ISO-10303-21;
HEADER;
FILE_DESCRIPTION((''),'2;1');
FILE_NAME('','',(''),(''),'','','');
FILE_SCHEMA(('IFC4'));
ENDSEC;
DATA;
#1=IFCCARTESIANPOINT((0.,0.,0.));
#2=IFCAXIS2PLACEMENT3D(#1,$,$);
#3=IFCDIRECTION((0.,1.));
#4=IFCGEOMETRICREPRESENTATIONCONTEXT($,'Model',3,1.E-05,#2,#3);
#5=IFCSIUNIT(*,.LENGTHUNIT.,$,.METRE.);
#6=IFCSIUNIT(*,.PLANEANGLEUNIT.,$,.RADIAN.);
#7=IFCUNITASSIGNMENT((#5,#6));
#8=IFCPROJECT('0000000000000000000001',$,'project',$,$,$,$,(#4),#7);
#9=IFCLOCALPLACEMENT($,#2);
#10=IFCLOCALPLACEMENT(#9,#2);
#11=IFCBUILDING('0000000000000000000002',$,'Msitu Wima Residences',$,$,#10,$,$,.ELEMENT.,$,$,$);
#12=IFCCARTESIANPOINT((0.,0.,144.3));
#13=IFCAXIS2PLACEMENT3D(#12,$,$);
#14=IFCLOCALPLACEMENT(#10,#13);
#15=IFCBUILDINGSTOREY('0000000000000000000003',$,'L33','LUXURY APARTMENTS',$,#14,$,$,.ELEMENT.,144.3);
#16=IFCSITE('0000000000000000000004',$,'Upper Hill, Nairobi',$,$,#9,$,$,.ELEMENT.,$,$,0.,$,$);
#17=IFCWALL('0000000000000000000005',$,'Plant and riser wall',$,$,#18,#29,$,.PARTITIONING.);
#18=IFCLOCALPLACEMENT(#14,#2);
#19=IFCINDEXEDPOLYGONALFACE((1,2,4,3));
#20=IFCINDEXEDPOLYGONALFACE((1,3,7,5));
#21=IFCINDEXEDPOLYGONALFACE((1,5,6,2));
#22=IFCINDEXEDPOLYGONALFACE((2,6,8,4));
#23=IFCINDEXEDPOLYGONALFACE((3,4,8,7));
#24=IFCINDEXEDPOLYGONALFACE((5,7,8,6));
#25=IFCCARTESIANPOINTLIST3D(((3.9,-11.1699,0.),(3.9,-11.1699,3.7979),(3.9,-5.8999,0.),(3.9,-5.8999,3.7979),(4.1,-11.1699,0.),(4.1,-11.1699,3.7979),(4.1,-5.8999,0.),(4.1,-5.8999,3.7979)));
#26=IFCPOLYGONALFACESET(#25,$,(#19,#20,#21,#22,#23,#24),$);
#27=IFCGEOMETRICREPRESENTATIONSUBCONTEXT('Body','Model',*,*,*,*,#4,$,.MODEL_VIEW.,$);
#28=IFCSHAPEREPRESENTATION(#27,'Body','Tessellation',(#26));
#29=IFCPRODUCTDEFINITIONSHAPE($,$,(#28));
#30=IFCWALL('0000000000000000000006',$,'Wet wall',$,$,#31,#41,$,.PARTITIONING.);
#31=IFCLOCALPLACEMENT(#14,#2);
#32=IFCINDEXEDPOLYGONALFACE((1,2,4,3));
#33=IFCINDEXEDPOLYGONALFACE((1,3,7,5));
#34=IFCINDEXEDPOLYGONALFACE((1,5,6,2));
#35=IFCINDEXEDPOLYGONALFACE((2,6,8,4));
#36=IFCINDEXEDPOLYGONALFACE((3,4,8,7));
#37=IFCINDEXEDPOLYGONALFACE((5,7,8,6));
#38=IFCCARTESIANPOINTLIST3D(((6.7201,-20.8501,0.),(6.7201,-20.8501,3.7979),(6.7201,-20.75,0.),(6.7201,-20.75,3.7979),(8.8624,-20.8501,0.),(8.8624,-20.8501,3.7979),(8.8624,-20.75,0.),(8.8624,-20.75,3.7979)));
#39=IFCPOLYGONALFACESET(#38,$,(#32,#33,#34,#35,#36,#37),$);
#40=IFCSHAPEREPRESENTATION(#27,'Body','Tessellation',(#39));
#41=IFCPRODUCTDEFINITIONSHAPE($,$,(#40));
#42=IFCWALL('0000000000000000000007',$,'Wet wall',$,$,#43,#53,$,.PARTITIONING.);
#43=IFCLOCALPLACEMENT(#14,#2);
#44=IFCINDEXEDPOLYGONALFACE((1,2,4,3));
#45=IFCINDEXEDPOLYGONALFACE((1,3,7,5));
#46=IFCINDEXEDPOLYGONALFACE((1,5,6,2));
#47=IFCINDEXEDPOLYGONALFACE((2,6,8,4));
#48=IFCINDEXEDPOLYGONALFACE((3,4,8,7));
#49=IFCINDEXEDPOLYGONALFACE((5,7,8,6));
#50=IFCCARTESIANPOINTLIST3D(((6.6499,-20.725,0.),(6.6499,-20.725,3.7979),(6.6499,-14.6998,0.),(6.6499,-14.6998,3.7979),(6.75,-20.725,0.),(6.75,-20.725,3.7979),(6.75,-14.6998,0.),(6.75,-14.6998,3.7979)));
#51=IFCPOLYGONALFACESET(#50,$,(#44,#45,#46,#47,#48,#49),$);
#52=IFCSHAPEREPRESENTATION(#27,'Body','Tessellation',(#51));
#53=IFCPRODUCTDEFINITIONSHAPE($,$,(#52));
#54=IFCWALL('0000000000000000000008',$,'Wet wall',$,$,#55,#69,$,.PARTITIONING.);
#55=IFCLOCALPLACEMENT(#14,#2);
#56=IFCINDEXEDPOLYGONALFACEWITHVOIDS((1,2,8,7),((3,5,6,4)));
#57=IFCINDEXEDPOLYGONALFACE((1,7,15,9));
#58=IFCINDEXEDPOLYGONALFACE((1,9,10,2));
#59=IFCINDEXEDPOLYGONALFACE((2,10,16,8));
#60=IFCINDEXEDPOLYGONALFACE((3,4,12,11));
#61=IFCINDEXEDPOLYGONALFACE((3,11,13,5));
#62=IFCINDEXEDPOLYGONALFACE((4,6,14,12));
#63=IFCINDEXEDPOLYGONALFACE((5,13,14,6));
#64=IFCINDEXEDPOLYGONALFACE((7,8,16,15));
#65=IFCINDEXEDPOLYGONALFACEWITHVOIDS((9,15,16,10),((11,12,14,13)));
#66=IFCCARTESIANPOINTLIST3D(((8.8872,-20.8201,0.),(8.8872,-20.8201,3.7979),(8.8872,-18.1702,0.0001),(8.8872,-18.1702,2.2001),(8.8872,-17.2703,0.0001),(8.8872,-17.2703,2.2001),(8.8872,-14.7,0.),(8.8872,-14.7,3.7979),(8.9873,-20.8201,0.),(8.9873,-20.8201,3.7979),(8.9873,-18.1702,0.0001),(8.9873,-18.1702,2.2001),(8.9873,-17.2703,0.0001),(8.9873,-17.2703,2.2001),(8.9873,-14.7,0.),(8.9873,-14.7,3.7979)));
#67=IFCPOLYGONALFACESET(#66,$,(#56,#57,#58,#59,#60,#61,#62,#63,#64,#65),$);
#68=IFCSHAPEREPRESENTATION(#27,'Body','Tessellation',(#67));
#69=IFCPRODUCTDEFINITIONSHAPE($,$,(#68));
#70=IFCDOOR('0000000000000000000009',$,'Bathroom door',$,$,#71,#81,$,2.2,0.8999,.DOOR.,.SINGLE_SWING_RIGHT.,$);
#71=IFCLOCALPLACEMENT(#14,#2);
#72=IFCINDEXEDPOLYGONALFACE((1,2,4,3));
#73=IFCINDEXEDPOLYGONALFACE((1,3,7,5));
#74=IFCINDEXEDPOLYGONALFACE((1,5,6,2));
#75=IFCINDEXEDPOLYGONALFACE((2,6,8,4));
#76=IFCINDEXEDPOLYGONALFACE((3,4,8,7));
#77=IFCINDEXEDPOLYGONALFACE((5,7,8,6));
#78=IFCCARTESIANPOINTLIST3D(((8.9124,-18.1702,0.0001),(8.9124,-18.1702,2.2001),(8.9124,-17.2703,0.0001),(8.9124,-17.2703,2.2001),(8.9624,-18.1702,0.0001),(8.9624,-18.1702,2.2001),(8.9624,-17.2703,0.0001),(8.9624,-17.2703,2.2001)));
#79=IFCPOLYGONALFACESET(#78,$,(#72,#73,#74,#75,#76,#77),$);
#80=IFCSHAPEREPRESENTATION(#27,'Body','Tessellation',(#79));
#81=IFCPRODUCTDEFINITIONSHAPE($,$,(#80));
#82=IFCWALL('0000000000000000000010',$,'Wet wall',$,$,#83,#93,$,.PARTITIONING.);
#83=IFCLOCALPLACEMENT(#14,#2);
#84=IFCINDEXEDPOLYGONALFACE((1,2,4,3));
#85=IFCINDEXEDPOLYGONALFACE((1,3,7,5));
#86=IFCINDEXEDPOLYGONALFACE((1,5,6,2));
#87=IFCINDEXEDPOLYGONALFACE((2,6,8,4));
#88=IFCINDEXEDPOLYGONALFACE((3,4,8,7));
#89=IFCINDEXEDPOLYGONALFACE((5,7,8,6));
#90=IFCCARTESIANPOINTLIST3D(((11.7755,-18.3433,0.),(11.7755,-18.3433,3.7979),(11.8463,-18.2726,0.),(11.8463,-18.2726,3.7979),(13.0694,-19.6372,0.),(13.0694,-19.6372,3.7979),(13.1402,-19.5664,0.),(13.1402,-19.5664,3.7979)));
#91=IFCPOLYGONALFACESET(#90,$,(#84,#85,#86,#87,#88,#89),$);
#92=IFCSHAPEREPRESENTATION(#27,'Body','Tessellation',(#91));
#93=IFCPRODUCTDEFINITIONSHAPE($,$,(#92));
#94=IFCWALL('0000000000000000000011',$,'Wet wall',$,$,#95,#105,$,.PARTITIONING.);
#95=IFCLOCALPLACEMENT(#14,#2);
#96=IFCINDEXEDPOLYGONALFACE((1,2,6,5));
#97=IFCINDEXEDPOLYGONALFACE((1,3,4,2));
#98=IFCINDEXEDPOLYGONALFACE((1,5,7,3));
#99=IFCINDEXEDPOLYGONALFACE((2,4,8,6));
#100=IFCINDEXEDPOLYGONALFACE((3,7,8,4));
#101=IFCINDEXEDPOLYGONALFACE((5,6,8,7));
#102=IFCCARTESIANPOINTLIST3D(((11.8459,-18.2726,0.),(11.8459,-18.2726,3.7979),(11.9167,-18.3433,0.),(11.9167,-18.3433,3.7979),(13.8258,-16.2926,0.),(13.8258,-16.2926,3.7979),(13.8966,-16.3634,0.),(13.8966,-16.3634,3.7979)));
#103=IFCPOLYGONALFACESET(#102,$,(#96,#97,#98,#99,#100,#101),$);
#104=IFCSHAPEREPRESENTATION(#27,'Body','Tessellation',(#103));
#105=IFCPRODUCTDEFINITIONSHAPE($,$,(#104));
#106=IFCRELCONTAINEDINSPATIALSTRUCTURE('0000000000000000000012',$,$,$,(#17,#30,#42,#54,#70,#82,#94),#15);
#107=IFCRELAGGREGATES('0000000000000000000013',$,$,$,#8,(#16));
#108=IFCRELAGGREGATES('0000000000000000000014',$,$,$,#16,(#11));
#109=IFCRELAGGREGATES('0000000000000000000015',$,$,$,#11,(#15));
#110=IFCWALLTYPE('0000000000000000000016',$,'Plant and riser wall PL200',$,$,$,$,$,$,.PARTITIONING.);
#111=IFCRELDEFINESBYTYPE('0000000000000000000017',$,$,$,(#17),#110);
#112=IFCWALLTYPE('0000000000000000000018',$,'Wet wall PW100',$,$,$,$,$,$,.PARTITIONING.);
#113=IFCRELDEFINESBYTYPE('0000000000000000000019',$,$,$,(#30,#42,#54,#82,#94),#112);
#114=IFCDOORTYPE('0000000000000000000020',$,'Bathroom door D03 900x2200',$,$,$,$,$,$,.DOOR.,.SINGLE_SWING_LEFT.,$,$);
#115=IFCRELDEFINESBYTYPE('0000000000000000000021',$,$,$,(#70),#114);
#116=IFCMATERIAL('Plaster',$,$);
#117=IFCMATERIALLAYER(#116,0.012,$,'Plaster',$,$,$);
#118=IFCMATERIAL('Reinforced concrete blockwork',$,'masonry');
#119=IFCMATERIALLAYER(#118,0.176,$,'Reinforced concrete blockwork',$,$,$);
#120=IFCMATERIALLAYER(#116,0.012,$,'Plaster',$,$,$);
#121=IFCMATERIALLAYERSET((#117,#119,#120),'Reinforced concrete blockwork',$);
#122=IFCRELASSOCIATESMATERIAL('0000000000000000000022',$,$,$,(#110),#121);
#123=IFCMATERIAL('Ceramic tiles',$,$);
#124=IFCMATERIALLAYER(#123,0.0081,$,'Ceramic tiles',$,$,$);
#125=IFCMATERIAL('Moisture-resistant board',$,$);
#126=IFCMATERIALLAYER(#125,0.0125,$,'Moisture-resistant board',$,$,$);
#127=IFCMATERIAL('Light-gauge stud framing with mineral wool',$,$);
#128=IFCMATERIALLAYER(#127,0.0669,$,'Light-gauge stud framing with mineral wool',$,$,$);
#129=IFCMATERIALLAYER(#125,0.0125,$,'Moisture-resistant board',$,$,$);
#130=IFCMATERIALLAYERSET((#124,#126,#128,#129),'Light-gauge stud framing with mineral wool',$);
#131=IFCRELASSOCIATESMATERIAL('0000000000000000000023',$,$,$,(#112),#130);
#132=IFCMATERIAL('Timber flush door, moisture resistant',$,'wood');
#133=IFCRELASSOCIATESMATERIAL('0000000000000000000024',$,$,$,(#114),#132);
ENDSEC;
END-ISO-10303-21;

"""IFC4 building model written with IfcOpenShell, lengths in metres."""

from ifc_helpers import new_model, si_unit, direction, frame, frame_2d, origin, place, context, subcontext, project, spatial, rectangle, extrude, material, layer, layer_set, type_object, element, fill, save


model = new_model("IFC4")

# Units and contexts
model_context = context("Model", 3, precision=1e-05, world=origin(), true_north=direction((0.0, 1.0)))
body_context = subcontext(model_context, "Body", "Model", "MODEL_VIEW")
ifc_project = project(units=[si_unit("LENGTHUNIT", "METRE"), si_unit("PLANEANGLEUNIT", "RADIAN")], contexts=[model_context])

# Site, building, storey
site_placement = place(None, origin())
site = spatial("IfcSite", under=ifc_project, at=site_placement, Name="Upper Hill, Nairobi", CompositionType="ELEMENT", RefElevation=0.0)
building_placement = place(site_placement, origin())
building = spatial("IfcBuilding", under=site, at=building_placement, Name="Msitu Wima Residences", CompositionType="ELEMENT")
storey_placement = place(building_placement, frame((0.0, 0.0, 144.3)))
storey = spatial("IfcBuildingStorey", under=building, at=storey_placement, Name="L33", Description="LUXURY APARTMENTS", CompositionType="ELEMENT", Elevation=144.3)

# Shared definitions
ifc_material_1 = material(Name="Plaster")

# Walls
ifc_layer_1 = layer(ifc_material_1, 0.012, Name="Plaster")
ifc_material_2 = material(Name="Reinforced concrete blockwork", Category="masonry")
ifc_layer_2 = layer(ifc_material_2, 0.176, Name="Reinforced concrete blockwork")
ifc_layer_3 = layer(ifc_material_1, 0.012, Name="Plaster")
ifc_layer_set_1 = layer_set([ifc_layer_1, ifc_layer_2, ifc_layer_3], Name="Reinforced concrete blockwork")
wall_type_1 = type_object("IfcWallType", Name="Plant and riser wall PL200", PredefinedType="PARTITIONING", material=ifc_layer_set_1)
wall_1_placement = place(storey_placement, frame((4.0, -11.1699, 0.0), z_axis=(0.0, 0.0, 1.0), x_axis=(0.0, 1.0, 0.0)))
element("IfcWall", 1, at=wall_1_placement, inside=storey, type_object=wall_type_1, Name="Plant and riser wall", PredefinedType="PARTITIONING", context=body_context, shape_type="SweptSolid", body=[
    extrude(rectangle(XDim=5.27, YDim=0.2, at=frame_2d((2.635, 0.0))), origin(), (0.0, 0.0, 1.0), 3.7979),
])
ifc_material_3 = material(Name="Ceramic tiles")
ifc_layer_4 = layer(ifc_material_3, 0.0081, Name="Ceramic tiles")
ifc_material_4 = material(Name="Moisture-resistant board")
ifc_layer_5 = layer(ifc_material_4, 0.0125, Name="Moisture-resistant board")
ifc_material_5 = material(Name="Light-gauge stud framing with mineral wool")
ifc_layer_6 = layer(ifc_material_5, 0.0669, Name="Light-gauge stud framing with mineral wool")
ifc_layer_7 = layer(ifc_material_4, 0.0125, Name="Moisture-resistant board")
ifc_layer_set_2 = layer_set([ifc_layer_4, ifc_layer_5, ifc_layer_6, ifc_layer_7], Name="Light-gauge stud framing with mineral wool")
wall_type_2 = type_object("IfcWallType", Name="Wet wall PW100", PredefinedType="PARTITIONING", material=ifc_layer_set_2)
wall_2_placement = place(storey_placement, frame((6.72, -20.8, 0.0), z_axis=(0.0, 0.0, 1.0), x_axis=(1.0, 0.0, 0.0)))
element("IfcWall", 2, at=wall_2_placement, inside=storey, type_object=wall_type_2, Name="Wet wall", PredefinedType="PARTITIONING", context=body_context, shape_type="SweptSolid", body=[
    extrude(rectangle(XDim=2.1423, YDim=0.1001, at=frame_2d((1.0713, 0.0))), origin(), (0.0, 0.0, 1.0), 3.7979),
])
wall_3_placement = place(storey_placement, frame((6.7, -20.7251, 0.0), z_axis=(0.0, 0.0, 1.0), x_axis=(0.0, 1.0, 0.0)))
element("IfcWall", 3, at=wall_3_placement, inside=storey, type_object=wall_type_2, Name="Wet wall", PredefinedType="PARTITIONING", context=body_context, shape_type="SweptSolid", body=[
    extrude(rectangle(XDim=6.0251, YDim=0.1001, at=frame_2d((3.0127, 0.0))), origin(), (0.0, 0.0, 1.0), 3.7979),
])

# Wall, opening, door
wall_4_placement = place(storey_placement, frame((8.9373, -20.8201, 0.0), z_axis=(0.0, 0.0, 1.0), x_axis=(0.0, 1.0, 0.0)))
wall_4 = element("IfcWall", 4, at=wall_4_placement, inside=storey, type_object=wall_type_2, Name="Wet wall", PredefinedType="PARTITIONING", context=body_context, shape_type="SweptSolid", body=[
    extrude(rectangle(XDim=6.1201, YDim=0.1001, at=frame_2d((3.0601, 0.0))), origin(), (0.0, 0.0, 1.0), 3.7979),
])
opening_1_placement = place(wall_4_placement, frame((2.6499, 0.0, 0.0)))
opening_1 = element("IfcOpeningElement", 5, at=opening_1_placement, cuts=wall_4, PredefinedType="OPENING", context=body_context, shape_type="SweptSolid", body=[
    extrude(rectangle(XDim=0.8999, YDim=2.2, at=frame_2d((0.45, 1.1001))), frame((0.0, 0.0601, 0.0), z_axis=(0.0, -1.0, 0.0), x_axis=(1.0, 0.0, 0.0)), (0.0, 0.0, 1.0), 0.1201),
])
ifc_material_6 = material(Name="Timber flush door, moisture resistant", Category="wood")
door_type_1 = type_object("IfcDoorType", Name="Bathroom door D03 900x2200", OperationType="SINGLE_SWING_LEFT", PredefinedType="DOOR", material=ifc_material_6)
door_1_placement = place(opening_1_placement, origin())
door_1 = element("IfcDoor", 6, at=door_1_placement, inside=storey, type_object=door_type_1, Name="Bathroom door", OperationType="SINGLE_SWING_RIGHT", OverallHeight=2.2, OverallWidth=0.8999, PredefinedType="DOOR", context=body_context, shape_type="SweptSolid", body=[
    extrude(rectangle(XDim=0.8999, YDim=2.2, at=frame_2d((0.45, 1.1001))), frame((0.0, 0.0249, 0.0), z_axis=(0.0, -1.0, 0.0), x_axis=(1.0, 0.0, 0.0)), (0.0, 0.0, 1.0), 0.05),
])
fill(opening_1, door_1)

# Walls
wall_5_placement = place(storey_placement, frame((11.8108, -18.3079, 0.0), z_axis=(0.0, 0.0, 1.0), x_axis=(0.707107, -0.707107, 0.0)))
element("IfcWall", 7, at=wall_5_placement, inside=storey, type_object=wall_type_2, Name="Wet wall", PredefinedType="PARTITIONING", context=body_context, shape_type="SweptSolid", body=[
    extrude(rectangle(XDim=1.8298, YDim=0.1001, at=frame_2d((0.915, 0.0))), origin(), (0.0, 0.0, 1.0), 3.7979),
])
wall_6_placement = place(storey_placement, frame((11.8813, -18.3079, 0.0), z_axis=(0.0, 0.0, 1.0), x_axis=(0.707107, 0.707107, 0.0)))
element("IfcWall", 8, at=wall_6_placement, inside=storey, type_object=wall_type_2, Name="Wet wall", PredefinedType="PARTITIONING", context=body_context, shape_type="SweptSolid", body=[
    extrude(rectangle(XDim=2.8, YDim=0.1001, at=frame_2d((1.3999, 0.0))), origin(), (0.0, 0.0, 1.0), 3.7979),
])

save(model, "model.ifc")
